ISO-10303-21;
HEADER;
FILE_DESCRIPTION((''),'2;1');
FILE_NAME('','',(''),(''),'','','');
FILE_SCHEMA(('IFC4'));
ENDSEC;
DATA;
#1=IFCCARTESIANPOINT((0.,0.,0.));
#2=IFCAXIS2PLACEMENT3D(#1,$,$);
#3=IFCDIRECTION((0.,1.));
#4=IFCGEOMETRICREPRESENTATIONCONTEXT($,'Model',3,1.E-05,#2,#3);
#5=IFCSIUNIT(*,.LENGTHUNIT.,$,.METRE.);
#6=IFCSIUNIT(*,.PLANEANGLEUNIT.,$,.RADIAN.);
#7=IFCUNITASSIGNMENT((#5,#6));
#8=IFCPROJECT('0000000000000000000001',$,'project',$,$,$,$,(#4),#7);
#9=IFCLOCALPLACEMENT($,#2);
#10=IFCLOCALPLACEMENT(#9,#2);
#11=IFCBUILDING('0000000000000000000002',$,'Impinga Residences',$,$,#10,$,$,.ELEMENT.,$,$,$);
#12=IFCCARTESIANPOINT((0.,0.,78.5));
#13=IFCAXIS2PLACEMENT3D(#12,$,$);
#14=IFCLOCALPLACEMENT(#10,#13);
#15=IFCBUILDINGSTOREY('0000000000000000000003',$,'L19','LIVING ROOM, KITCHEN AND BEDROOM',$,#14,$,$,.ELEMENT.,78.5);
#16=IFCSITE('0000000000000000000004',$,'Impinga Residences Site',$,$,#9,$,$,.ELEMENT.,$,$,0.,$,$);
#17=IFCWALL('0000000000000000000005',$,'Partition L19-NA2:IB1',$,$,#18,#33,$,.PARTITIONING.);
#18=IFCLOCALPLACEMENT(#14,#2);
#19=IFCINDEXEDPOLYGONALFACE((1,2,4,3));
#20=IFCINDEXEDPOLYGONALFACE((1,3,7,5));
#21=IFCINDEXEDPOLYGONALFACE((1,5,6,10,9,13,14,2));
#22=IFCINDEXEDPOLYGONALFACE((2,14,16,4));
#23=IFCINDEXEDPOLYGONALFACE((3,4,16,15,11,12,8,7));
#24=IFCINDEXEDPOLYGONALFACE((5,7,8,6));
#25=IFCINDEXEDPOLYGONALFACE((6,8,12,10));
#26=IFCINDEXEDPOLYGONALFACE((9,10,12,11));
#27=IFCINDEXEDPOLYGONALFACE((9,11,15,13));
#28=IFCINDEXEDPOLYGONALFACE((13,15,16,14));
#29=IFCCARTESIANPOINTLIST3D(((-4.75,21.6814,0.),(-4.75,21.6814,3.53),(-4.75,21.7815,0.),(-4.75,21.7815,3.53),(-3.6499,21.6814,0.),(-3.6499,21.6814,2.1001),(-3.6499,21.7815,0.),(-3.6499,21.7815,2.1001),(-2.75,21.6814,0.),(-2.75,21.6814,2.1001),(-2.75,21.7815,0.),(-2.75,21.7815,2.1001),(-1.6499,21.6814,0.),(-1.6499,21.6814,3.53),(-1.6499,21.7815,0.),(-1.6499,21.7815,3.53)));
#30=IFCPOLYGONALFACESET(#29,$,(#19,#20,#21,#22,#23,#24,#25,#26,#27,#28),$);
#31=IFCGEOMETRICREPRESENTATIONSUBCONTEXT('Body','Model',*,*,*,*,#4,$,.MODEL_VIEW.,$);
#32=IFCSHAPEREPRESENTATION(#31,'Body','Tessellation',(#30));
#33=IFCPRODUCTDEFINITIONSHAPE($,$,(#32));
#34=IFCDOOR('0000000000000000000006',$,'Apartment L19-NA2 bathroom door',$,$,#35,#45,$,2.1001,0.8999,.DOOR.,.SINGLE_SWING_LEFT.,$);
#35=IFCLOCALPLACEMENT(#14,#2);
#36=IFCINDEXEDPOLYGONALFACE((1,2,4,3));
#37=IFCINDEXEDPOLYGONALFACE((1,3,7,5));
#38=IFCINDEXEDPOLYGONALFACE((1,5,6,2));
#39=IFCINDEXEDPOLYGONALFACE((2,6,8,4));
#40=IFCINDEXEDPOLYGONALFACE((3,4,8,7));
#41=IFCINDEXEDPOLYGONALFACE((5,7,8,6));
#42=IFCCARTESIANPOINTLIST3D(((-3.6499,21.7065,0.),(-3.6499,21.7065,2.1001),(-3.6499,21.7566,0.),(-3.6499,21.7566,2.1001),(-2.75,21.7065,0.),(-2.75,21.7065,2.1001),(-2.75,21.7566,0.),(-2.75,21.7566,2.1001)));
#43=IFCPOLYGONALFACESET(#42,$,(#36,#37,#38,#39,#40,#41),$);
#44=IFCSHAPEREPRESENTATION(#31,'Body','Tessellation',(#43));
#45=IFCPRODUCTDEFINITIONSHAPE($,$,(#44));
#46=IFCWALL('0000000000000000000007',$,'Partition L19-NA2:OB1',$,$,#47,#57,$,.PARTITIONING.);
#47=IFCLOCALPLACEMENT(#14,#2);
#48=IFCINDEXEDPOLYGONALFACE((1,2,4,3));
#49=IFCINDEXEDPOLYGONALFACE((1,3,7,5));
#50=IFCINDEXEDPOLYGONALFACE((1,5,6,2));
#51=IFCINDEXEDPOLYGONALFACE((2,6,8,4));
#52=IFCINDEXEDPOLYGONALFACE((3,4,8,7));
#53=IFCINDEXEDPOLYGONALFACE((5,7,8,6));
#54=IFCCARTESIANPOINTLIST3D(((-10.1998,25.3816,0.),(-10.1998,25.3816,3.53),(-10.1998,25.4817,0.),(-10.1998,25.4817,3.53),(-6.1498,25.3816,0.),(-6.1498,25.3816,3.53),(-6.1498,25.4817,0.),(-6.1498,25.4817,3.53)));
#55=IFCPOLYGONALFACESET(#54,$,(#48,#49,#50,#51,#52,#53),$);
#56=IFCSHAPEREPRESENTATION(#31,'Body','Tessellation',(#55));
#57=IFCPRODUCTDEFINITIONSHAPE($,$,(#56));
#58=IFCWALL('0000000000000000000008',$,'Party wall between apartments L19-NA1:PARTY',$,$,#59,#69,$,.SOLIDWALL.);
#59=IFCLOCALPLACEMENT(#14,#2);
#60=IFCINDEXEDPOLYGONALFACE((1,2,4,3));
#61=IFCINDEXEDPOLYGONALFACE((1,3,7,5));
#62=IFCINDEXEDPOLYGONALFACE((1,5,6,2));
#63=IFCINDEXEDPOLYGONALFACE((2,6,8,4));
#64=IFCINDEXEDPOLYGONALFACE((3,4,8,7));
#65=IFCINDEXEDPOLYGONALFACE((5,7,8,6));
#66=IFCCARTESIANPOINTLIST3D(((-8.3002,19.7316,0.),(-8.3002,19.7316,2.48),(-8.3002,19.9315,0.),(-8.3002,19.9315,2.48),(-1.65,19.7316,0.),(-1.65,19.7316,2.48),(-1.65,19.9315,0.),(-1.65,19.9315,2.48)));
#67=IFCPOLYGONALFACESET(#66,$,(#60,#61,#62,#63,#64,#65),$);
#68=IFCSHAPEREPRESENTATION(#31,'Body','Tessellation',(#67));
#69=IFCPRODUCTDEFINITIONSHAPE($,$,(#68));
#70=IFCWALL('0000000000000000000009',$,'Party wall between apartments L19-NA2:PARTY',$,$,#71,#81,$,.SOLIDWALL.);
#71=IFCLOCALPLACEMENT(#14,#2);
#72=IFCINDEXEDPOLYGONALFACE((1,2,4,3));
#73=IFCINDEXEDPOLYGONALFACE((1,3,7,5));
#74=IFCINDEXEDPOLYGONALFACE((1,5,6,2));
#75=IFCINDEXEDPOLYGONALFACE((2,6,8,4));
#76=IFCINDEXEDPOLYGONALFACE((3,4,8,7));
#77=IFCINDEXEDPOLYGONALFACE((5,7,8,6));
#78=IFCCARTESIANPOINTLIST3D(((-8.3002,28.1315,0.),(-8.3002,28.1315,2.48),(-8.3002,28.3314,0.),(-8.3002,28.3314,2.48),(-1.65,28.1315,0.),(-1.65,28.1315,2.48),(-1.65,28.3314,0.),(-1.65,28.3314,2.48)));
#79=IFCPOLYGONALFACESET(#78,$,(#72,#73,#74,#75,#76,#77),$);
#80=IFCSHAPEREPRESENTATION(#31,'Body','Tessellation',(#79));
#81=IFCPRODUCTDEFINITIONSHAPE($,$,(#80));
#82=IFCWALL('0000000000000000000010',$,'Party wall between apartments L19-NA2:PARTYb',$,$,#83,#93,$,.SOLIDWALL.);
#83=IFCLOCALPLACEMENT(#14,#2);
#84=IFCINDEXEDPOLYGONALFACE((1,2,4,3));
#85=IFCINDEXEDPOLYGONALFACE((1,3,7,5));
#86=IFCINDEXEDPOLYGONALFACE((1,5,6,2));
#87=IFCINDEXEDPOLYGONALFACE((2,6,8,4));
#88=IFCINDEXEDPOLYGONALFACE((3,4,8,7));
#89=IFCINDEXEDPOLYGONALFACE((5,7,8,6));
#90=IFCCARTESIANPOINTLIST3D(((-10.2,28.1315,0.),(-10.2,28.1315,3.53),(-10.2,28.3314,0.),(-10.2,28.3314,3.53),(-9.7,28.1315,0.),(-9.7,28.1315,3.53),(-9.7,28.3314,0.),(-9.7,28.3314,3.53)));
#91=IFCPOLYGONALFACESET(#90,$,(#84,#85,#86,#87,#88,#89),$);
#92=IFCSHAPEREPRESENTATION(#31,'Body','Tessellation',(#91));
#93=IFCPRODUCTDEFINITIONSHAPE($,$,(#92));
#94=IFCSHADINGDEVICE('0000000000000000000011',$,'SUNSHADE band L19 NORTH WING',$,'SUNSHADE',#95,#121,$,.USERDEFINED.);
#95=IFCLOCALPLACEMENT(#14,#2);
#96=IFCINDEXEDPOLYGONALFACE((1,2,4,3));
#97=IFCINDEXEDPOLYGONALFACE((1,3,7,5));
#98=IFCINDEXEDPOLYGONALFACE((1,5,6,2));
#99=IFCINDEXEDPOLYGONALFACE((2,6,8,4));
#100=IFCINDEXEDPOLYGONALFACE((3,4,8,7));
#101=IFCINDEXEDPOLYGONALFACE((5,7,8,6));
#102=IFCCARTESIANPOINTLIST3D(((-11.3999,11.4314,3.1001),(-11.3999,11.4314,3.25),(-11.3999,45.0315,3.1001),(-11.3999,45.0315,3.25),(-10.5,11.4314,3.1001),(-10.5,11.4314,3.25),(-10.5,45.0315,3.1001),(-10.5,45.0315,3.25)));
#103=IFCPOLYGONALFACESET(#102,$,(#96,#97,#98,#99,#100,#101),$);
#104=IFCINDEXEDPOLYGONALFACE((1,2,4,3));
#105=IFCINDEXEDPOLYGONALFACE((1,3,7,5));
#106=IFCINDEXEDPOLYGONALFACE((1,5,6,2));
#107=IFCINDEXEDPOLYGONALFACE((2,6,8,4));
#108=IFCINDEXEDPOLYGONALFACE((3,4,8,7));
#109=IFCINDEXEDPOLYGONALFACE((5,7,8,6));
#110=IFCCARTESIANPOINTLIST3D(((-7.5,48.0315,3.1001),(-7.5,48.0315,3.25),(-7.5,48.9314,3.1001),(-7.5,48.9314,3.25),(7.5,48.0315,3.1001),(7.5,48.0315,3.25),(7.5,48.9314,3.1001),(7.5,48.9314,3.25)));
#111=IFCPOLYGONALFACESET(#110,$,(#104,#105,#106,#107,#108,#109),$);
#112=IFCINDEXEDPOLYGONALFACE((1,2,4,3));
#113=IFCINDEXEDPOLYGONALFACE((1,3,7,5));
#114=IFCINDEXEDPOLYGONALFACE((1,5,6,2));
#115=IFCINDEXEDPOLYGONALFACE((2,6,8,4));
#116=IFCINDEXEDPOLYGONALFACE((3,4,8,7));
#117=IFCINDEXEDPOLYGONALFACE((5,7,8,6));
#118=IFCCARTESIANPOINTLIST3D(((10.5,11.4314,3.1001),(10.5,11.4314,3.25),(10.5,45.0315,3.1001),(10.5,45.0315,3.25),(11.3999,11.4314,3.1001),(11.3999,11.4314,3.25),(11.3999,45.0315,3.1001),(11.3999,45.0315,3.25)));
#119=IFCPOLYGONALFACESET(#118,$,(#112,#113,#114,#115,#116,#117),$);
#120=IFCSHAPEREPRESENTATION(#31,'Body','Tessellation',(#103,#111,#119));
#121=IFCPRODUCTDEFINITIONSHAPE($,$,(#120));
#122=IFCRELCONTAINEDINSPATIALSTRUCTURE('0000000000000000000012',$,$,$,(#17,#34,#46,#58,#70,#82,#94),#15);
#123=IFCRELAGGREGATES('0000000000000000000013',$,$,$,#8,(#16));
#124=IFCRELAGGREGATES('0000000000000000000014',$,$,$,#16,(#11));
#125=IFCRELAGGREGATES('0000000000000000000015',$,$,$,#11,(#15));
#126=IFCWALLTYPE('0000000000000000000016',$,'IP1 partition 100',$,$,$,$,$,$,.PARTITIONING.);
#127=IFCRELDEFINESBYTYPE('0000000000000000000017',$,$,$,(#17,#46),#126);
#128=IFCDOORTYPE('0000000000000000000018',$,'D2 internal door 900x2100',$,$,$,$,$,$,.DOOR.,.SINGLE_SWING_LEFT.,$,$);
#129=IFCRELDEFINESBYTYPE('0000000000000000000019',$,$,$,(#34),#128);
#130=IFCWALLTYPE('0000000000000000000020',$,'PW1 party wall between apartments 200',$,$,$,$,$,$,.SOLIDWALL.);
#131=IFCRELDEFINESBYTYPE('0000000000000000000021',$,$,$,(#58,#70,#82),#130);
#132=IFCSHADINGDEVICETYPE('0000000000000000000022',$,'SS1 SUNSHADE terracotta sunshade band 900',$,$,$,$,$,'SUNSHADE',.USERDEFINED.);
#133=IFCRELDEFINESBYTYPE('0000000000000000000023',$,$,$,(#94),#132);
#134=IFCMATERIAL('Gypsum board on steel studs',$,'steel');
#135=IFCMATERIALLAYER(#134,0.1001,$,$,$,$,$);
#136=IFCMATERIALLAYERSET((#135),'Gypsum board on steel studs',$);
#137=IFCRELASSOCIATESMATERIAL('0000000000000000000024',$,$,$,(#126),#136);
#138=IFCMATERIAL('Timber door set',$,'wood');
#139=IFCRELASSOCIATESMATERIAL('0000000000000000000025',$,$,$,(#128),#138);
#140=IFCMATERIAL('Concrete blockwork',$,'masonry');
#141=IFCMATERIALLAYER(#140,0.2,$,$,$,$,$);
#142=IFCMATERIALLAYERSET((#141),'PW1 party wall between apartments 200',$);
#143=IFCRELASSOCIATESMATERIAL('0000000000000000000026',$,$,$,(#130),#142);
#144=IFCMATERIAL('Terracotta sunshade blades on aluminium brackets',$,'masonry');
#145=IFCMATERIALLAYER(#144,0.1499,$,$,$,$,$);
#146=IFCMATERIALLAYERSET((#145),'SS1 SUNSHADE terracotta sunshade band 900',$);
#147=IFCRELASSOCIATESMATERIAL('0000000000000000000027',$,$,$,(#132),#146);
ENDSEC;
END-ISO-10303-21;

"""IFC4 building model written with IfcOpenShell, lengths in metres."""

from ifc_helpers import new_model, si_unit, direction, frame, frame_2d, origin, origin_2d, place, context, subcontext, project, spatial, rectangle, extrude, material, layer, layer_set, type_object, element, fill, save


model = new_model("IFC4")

# Units and contexts
model_context = context("Model", 3, precision=1e-05, world=origin(), true_north=direction((0.0, 1.0)))
body_context = subcontext(model_context, "Body", "Model", "MODEL_VIEW")
ifc_project = project(units=[si_unit("LENGTHUNIT", "METRE"), si_unit("PLANEANGLEUNIT", "RADIAN")], contexts=[model_context])

# Site, building, storey
site_placement = place(None, origin())
site = spatial("IfcSite", under=ifc_project, at=site_placement, Name="Impinga Residences Site", CompositionType="ELEMENT", RefElevation=0.0)
building_placement = place(site_placement, origin())
building = spatial("IfcBuilding", under=site, at=building_placement, Name="Impinga Residences", CompositionType="ELEMENT")
storey_placement = place(building_placement, frame((0.0, 0.0, 78.5)))
storey = spatial("IfcBuildingStorey", under=building, at=storey_placement, Name="L19", Description="LIVING ROOM, KITCHEN AND BEDROOM", CompositionType="ELEMENT", Elevation=78.5)

# Shared definitions
ifc_material_1 = material(Name="Concrete blockwork", Category="masonry")
ifc_material_2 = material(Name="Timber door set", Category="wood")

# Shared definitions
ifc_material_3 = material(Name="Gypsum board on steel studs", Category="steel")
ifc_layer_1 = layer(ifc_material_3, 0.1001)
ifc_layer_set_1 = layer_set([ifc_layer_1], Name="Gypsum board on steel studs")
wall_type_1 = type_object("IfcWallType", Name="IP1 partition 100", PredefinedType="PARTITIONING", material=ifc_layer_set_1)

# Shared definitions
door_type_1 = type_object("IfcDoorType", Name="D2 internal door 900x2100", OperationType="SINGLE_SWING_LEFT", PredefinedType="DOOR", material=ifc_material_2)

# Wall, opening, door
wall_1_placement = place(storey_placement, frame((-1.6499, 21.7314, 0.0), z_axis=(0.0, 0.0, 1.0), x_axis=(-1.0, 0.0, 0.0)))
wall_1 = element("IfcWall", 1, at=wall_1_placement, inside=storey, type_object=wall_type_1, Name="Partition L19-NA2:IB1", PredefinedType="PARTITIONING", context=body_context, shape_type="SweptSolid", body=[
    extrude(rectangle(XDim=3.1001, YDim=0.1001, at=frame_2d((1.55, 0.0))), origin(), (0.0, 0.0, 1.0), 3.53),
])
opening_1_placement = place(wall_1_placement, frame((1.1001, 0.0, 0.0)))
opening_1 = element("IfcOpeningElement", 2, at=opening_1_placement, cuts=wall_1, PredefinedType="OPENING", context=body_context, shape_type="SweptSolid", body=[
    extrude(rectangle(XDim=0.8999, YDim=2.1001, at=frame_2d((0.45, 1.05))), frame((0.0, 0.0601, 0.0), z_axis=(0.0, -1.0, 0.0), x_axis=(1.0, 0.0, 0.0)), (0.0, 0.0, 1.0), 0.1201),
])
door_1_placement = place(opening_1_placement, origin())
door_1 = element("IfcDoor", 3, at=door_1_placement, inside=storey, type_object=door_type_1, Name="Apartment L19-NA2 bathroom door", OperationType="SINGLE_SWING_LEFT", OverallHeight=2.1001, OverallWidth=0.8999, PredefinedType="DOOR", context=body_context, shape_type="SweptSolid", body=[
    extrude(rectangle(XDim=0.8999, YDim=2.1001, at=frame_2d((0.45, 1.05))), frame((0.0, 0.0249, 0.0), z_axis=(0.0, -1.0, 0.0), x_axis=(1.0, 0.0, 0.0)), (0.0, 0.0, 1.0), 0.05),
])
fill(opening_1, door_1)

# Walls
wall_2_placement = place(storey_placement, frame((-6.1499, 25.4316, 0.0), z_axis=(0.0, 0.0, 1.0), x_axis=(-1.0, 0.0, 0.0)))
element("IfcWall", 4, at=wall_2_placement, inside=storey, type_object=wall_type_1, Name="Partition L19-NA2:OB1", PredefinedType="PARTITIONING", context=body_context, shape_type="SweptSolid", body=[
    extrude(rectangle(XDim=4.05, YDim=0.1001, at=frame_2d((2.0249, 0.0))), origin(), (0.0, 0.0, 1.0), 3.53),
])
ifc_layer_2 = layer(ifc_material_1, 0.2)
ifc_layer_set_2 = layer_set([ifc_layer_2], Name="PW1 party wall between apartments 200")
wall_type_2 = type_object("IfcWallType", Name="PW1 party wall between apartments 200", PredefinedType="SOLIDWALL", material=ifc_layer_set_2)
for number, where, z_axis, x_axis, name in (
    (5, (-1.6499, 19.8315, 0.0), (0.0, 0.0, 1.0), (-1.0, 0.0, 0.0), "Party wall between apartments L19-NA1:PARTY"),
    (6, (-1.6499, 28.2314, 0.0), (0.0, 0.0, 1.0), (-1.0, 0.0, 0.0), "Party wall between apartments L19-NA2:PARTY"),
):
    element("IfcWall", number, at=place(storey_placement, frame(where, z_axis=z_axis, x_axis=x_axis)), inside=storey, type_object=wall_type_2, Name=name, PredefinedType="SOLIDWALL", context=body_context, shape_type="SweptSolid", body=[
        extrude(rectangle(XDim=6.6501, YDim=0.2, at=frame_2d((3.3252, 0.0))), origin(), (0.0, 0.0, 1.0), 2.48),
    ])
wall_3_placement = place(storey_placement, frame((-9.7, 28.2314, 0.0), z_axis=(0.0, 0.0, 1.0), x_axis=(-1.0, 0.0, 0.0)))
element("IfcWall", 7, at=wall_3_placement, inside=storey, type_object=wall_type_2, Name="Party wall between apartments L19-NA2:PARTYb", PredefinedType="SOLIDWALL", context=body_context, shape_type="SweptSolid", body=[
    extrude(rectangle(XDim=0.5, YDim=0.2, at=frame_2d((0.25, 0.0))), origin(), (0.0, 0.0, 1.0), 3.53),
])

# Shading device
ifc_material_4 = material(Name="Terracotta sunshade blades on aluminium brackets", Category="masonry")
ifc_layer_3 = layer(ifc_material_4, 0.1499)
ifc_layer_set_3 = layer_set([ifc_layer_3], Name="SS1 SUNSHADE terracotta sunshade band 900")
shading_device_type = type_object("IfcShadingDeviceType", Name="SS1 SUNSHADE terracotta sunshade band 900", ElementType="SUNSHADE", PredefinedType="USERDEFINED", material=ifc_layer_set_3)
shading_device_placement = place(storey_placement, frame((-10.95, 28.2314, 3.1001), z_axis=(0.0, 0.0, 1.0), x_axis=(0.0, 1.0, 0.0)))
element("IfcShadingDevice", 8, at=shading_device_placement, inside=storey, type_object=shading_device_type, Name="SUNSHADE band L19 NORTH WING", ObjectType="SUNSHADE", PredefinedType="USERDEFINED", context=body_context, shape_type="SweptSolid", body=[
    extrude(rectangle(XDim=33.6001, YDim=0.8999, at=origin_2d()), origin(), (0.0, 0.0, 1.0), 0.1499),
    extrude(rectangle(XDim=15.0, YDim=0.8999, at=origin_2d()), frame((20.25, -10.95, 0.0), z_axis=(0.0, 0.0, 1.0), x_axis=(0.0, -1.0, 0.0)), (0.0, 0.0, 1.0), 0.1499),
    extrude(rectangle(XDim=33.6001, YDim=0.8999, at=origin_2d()), frame((0.0, -21.8999, 0.0), z_axis=(0.0, 0.0, 1.0), x_axis=(-1.0, 0.0, 0.0)), (0.0, 0.0, 1.0), 0.1499),
])

save(model, "model.ifc")
